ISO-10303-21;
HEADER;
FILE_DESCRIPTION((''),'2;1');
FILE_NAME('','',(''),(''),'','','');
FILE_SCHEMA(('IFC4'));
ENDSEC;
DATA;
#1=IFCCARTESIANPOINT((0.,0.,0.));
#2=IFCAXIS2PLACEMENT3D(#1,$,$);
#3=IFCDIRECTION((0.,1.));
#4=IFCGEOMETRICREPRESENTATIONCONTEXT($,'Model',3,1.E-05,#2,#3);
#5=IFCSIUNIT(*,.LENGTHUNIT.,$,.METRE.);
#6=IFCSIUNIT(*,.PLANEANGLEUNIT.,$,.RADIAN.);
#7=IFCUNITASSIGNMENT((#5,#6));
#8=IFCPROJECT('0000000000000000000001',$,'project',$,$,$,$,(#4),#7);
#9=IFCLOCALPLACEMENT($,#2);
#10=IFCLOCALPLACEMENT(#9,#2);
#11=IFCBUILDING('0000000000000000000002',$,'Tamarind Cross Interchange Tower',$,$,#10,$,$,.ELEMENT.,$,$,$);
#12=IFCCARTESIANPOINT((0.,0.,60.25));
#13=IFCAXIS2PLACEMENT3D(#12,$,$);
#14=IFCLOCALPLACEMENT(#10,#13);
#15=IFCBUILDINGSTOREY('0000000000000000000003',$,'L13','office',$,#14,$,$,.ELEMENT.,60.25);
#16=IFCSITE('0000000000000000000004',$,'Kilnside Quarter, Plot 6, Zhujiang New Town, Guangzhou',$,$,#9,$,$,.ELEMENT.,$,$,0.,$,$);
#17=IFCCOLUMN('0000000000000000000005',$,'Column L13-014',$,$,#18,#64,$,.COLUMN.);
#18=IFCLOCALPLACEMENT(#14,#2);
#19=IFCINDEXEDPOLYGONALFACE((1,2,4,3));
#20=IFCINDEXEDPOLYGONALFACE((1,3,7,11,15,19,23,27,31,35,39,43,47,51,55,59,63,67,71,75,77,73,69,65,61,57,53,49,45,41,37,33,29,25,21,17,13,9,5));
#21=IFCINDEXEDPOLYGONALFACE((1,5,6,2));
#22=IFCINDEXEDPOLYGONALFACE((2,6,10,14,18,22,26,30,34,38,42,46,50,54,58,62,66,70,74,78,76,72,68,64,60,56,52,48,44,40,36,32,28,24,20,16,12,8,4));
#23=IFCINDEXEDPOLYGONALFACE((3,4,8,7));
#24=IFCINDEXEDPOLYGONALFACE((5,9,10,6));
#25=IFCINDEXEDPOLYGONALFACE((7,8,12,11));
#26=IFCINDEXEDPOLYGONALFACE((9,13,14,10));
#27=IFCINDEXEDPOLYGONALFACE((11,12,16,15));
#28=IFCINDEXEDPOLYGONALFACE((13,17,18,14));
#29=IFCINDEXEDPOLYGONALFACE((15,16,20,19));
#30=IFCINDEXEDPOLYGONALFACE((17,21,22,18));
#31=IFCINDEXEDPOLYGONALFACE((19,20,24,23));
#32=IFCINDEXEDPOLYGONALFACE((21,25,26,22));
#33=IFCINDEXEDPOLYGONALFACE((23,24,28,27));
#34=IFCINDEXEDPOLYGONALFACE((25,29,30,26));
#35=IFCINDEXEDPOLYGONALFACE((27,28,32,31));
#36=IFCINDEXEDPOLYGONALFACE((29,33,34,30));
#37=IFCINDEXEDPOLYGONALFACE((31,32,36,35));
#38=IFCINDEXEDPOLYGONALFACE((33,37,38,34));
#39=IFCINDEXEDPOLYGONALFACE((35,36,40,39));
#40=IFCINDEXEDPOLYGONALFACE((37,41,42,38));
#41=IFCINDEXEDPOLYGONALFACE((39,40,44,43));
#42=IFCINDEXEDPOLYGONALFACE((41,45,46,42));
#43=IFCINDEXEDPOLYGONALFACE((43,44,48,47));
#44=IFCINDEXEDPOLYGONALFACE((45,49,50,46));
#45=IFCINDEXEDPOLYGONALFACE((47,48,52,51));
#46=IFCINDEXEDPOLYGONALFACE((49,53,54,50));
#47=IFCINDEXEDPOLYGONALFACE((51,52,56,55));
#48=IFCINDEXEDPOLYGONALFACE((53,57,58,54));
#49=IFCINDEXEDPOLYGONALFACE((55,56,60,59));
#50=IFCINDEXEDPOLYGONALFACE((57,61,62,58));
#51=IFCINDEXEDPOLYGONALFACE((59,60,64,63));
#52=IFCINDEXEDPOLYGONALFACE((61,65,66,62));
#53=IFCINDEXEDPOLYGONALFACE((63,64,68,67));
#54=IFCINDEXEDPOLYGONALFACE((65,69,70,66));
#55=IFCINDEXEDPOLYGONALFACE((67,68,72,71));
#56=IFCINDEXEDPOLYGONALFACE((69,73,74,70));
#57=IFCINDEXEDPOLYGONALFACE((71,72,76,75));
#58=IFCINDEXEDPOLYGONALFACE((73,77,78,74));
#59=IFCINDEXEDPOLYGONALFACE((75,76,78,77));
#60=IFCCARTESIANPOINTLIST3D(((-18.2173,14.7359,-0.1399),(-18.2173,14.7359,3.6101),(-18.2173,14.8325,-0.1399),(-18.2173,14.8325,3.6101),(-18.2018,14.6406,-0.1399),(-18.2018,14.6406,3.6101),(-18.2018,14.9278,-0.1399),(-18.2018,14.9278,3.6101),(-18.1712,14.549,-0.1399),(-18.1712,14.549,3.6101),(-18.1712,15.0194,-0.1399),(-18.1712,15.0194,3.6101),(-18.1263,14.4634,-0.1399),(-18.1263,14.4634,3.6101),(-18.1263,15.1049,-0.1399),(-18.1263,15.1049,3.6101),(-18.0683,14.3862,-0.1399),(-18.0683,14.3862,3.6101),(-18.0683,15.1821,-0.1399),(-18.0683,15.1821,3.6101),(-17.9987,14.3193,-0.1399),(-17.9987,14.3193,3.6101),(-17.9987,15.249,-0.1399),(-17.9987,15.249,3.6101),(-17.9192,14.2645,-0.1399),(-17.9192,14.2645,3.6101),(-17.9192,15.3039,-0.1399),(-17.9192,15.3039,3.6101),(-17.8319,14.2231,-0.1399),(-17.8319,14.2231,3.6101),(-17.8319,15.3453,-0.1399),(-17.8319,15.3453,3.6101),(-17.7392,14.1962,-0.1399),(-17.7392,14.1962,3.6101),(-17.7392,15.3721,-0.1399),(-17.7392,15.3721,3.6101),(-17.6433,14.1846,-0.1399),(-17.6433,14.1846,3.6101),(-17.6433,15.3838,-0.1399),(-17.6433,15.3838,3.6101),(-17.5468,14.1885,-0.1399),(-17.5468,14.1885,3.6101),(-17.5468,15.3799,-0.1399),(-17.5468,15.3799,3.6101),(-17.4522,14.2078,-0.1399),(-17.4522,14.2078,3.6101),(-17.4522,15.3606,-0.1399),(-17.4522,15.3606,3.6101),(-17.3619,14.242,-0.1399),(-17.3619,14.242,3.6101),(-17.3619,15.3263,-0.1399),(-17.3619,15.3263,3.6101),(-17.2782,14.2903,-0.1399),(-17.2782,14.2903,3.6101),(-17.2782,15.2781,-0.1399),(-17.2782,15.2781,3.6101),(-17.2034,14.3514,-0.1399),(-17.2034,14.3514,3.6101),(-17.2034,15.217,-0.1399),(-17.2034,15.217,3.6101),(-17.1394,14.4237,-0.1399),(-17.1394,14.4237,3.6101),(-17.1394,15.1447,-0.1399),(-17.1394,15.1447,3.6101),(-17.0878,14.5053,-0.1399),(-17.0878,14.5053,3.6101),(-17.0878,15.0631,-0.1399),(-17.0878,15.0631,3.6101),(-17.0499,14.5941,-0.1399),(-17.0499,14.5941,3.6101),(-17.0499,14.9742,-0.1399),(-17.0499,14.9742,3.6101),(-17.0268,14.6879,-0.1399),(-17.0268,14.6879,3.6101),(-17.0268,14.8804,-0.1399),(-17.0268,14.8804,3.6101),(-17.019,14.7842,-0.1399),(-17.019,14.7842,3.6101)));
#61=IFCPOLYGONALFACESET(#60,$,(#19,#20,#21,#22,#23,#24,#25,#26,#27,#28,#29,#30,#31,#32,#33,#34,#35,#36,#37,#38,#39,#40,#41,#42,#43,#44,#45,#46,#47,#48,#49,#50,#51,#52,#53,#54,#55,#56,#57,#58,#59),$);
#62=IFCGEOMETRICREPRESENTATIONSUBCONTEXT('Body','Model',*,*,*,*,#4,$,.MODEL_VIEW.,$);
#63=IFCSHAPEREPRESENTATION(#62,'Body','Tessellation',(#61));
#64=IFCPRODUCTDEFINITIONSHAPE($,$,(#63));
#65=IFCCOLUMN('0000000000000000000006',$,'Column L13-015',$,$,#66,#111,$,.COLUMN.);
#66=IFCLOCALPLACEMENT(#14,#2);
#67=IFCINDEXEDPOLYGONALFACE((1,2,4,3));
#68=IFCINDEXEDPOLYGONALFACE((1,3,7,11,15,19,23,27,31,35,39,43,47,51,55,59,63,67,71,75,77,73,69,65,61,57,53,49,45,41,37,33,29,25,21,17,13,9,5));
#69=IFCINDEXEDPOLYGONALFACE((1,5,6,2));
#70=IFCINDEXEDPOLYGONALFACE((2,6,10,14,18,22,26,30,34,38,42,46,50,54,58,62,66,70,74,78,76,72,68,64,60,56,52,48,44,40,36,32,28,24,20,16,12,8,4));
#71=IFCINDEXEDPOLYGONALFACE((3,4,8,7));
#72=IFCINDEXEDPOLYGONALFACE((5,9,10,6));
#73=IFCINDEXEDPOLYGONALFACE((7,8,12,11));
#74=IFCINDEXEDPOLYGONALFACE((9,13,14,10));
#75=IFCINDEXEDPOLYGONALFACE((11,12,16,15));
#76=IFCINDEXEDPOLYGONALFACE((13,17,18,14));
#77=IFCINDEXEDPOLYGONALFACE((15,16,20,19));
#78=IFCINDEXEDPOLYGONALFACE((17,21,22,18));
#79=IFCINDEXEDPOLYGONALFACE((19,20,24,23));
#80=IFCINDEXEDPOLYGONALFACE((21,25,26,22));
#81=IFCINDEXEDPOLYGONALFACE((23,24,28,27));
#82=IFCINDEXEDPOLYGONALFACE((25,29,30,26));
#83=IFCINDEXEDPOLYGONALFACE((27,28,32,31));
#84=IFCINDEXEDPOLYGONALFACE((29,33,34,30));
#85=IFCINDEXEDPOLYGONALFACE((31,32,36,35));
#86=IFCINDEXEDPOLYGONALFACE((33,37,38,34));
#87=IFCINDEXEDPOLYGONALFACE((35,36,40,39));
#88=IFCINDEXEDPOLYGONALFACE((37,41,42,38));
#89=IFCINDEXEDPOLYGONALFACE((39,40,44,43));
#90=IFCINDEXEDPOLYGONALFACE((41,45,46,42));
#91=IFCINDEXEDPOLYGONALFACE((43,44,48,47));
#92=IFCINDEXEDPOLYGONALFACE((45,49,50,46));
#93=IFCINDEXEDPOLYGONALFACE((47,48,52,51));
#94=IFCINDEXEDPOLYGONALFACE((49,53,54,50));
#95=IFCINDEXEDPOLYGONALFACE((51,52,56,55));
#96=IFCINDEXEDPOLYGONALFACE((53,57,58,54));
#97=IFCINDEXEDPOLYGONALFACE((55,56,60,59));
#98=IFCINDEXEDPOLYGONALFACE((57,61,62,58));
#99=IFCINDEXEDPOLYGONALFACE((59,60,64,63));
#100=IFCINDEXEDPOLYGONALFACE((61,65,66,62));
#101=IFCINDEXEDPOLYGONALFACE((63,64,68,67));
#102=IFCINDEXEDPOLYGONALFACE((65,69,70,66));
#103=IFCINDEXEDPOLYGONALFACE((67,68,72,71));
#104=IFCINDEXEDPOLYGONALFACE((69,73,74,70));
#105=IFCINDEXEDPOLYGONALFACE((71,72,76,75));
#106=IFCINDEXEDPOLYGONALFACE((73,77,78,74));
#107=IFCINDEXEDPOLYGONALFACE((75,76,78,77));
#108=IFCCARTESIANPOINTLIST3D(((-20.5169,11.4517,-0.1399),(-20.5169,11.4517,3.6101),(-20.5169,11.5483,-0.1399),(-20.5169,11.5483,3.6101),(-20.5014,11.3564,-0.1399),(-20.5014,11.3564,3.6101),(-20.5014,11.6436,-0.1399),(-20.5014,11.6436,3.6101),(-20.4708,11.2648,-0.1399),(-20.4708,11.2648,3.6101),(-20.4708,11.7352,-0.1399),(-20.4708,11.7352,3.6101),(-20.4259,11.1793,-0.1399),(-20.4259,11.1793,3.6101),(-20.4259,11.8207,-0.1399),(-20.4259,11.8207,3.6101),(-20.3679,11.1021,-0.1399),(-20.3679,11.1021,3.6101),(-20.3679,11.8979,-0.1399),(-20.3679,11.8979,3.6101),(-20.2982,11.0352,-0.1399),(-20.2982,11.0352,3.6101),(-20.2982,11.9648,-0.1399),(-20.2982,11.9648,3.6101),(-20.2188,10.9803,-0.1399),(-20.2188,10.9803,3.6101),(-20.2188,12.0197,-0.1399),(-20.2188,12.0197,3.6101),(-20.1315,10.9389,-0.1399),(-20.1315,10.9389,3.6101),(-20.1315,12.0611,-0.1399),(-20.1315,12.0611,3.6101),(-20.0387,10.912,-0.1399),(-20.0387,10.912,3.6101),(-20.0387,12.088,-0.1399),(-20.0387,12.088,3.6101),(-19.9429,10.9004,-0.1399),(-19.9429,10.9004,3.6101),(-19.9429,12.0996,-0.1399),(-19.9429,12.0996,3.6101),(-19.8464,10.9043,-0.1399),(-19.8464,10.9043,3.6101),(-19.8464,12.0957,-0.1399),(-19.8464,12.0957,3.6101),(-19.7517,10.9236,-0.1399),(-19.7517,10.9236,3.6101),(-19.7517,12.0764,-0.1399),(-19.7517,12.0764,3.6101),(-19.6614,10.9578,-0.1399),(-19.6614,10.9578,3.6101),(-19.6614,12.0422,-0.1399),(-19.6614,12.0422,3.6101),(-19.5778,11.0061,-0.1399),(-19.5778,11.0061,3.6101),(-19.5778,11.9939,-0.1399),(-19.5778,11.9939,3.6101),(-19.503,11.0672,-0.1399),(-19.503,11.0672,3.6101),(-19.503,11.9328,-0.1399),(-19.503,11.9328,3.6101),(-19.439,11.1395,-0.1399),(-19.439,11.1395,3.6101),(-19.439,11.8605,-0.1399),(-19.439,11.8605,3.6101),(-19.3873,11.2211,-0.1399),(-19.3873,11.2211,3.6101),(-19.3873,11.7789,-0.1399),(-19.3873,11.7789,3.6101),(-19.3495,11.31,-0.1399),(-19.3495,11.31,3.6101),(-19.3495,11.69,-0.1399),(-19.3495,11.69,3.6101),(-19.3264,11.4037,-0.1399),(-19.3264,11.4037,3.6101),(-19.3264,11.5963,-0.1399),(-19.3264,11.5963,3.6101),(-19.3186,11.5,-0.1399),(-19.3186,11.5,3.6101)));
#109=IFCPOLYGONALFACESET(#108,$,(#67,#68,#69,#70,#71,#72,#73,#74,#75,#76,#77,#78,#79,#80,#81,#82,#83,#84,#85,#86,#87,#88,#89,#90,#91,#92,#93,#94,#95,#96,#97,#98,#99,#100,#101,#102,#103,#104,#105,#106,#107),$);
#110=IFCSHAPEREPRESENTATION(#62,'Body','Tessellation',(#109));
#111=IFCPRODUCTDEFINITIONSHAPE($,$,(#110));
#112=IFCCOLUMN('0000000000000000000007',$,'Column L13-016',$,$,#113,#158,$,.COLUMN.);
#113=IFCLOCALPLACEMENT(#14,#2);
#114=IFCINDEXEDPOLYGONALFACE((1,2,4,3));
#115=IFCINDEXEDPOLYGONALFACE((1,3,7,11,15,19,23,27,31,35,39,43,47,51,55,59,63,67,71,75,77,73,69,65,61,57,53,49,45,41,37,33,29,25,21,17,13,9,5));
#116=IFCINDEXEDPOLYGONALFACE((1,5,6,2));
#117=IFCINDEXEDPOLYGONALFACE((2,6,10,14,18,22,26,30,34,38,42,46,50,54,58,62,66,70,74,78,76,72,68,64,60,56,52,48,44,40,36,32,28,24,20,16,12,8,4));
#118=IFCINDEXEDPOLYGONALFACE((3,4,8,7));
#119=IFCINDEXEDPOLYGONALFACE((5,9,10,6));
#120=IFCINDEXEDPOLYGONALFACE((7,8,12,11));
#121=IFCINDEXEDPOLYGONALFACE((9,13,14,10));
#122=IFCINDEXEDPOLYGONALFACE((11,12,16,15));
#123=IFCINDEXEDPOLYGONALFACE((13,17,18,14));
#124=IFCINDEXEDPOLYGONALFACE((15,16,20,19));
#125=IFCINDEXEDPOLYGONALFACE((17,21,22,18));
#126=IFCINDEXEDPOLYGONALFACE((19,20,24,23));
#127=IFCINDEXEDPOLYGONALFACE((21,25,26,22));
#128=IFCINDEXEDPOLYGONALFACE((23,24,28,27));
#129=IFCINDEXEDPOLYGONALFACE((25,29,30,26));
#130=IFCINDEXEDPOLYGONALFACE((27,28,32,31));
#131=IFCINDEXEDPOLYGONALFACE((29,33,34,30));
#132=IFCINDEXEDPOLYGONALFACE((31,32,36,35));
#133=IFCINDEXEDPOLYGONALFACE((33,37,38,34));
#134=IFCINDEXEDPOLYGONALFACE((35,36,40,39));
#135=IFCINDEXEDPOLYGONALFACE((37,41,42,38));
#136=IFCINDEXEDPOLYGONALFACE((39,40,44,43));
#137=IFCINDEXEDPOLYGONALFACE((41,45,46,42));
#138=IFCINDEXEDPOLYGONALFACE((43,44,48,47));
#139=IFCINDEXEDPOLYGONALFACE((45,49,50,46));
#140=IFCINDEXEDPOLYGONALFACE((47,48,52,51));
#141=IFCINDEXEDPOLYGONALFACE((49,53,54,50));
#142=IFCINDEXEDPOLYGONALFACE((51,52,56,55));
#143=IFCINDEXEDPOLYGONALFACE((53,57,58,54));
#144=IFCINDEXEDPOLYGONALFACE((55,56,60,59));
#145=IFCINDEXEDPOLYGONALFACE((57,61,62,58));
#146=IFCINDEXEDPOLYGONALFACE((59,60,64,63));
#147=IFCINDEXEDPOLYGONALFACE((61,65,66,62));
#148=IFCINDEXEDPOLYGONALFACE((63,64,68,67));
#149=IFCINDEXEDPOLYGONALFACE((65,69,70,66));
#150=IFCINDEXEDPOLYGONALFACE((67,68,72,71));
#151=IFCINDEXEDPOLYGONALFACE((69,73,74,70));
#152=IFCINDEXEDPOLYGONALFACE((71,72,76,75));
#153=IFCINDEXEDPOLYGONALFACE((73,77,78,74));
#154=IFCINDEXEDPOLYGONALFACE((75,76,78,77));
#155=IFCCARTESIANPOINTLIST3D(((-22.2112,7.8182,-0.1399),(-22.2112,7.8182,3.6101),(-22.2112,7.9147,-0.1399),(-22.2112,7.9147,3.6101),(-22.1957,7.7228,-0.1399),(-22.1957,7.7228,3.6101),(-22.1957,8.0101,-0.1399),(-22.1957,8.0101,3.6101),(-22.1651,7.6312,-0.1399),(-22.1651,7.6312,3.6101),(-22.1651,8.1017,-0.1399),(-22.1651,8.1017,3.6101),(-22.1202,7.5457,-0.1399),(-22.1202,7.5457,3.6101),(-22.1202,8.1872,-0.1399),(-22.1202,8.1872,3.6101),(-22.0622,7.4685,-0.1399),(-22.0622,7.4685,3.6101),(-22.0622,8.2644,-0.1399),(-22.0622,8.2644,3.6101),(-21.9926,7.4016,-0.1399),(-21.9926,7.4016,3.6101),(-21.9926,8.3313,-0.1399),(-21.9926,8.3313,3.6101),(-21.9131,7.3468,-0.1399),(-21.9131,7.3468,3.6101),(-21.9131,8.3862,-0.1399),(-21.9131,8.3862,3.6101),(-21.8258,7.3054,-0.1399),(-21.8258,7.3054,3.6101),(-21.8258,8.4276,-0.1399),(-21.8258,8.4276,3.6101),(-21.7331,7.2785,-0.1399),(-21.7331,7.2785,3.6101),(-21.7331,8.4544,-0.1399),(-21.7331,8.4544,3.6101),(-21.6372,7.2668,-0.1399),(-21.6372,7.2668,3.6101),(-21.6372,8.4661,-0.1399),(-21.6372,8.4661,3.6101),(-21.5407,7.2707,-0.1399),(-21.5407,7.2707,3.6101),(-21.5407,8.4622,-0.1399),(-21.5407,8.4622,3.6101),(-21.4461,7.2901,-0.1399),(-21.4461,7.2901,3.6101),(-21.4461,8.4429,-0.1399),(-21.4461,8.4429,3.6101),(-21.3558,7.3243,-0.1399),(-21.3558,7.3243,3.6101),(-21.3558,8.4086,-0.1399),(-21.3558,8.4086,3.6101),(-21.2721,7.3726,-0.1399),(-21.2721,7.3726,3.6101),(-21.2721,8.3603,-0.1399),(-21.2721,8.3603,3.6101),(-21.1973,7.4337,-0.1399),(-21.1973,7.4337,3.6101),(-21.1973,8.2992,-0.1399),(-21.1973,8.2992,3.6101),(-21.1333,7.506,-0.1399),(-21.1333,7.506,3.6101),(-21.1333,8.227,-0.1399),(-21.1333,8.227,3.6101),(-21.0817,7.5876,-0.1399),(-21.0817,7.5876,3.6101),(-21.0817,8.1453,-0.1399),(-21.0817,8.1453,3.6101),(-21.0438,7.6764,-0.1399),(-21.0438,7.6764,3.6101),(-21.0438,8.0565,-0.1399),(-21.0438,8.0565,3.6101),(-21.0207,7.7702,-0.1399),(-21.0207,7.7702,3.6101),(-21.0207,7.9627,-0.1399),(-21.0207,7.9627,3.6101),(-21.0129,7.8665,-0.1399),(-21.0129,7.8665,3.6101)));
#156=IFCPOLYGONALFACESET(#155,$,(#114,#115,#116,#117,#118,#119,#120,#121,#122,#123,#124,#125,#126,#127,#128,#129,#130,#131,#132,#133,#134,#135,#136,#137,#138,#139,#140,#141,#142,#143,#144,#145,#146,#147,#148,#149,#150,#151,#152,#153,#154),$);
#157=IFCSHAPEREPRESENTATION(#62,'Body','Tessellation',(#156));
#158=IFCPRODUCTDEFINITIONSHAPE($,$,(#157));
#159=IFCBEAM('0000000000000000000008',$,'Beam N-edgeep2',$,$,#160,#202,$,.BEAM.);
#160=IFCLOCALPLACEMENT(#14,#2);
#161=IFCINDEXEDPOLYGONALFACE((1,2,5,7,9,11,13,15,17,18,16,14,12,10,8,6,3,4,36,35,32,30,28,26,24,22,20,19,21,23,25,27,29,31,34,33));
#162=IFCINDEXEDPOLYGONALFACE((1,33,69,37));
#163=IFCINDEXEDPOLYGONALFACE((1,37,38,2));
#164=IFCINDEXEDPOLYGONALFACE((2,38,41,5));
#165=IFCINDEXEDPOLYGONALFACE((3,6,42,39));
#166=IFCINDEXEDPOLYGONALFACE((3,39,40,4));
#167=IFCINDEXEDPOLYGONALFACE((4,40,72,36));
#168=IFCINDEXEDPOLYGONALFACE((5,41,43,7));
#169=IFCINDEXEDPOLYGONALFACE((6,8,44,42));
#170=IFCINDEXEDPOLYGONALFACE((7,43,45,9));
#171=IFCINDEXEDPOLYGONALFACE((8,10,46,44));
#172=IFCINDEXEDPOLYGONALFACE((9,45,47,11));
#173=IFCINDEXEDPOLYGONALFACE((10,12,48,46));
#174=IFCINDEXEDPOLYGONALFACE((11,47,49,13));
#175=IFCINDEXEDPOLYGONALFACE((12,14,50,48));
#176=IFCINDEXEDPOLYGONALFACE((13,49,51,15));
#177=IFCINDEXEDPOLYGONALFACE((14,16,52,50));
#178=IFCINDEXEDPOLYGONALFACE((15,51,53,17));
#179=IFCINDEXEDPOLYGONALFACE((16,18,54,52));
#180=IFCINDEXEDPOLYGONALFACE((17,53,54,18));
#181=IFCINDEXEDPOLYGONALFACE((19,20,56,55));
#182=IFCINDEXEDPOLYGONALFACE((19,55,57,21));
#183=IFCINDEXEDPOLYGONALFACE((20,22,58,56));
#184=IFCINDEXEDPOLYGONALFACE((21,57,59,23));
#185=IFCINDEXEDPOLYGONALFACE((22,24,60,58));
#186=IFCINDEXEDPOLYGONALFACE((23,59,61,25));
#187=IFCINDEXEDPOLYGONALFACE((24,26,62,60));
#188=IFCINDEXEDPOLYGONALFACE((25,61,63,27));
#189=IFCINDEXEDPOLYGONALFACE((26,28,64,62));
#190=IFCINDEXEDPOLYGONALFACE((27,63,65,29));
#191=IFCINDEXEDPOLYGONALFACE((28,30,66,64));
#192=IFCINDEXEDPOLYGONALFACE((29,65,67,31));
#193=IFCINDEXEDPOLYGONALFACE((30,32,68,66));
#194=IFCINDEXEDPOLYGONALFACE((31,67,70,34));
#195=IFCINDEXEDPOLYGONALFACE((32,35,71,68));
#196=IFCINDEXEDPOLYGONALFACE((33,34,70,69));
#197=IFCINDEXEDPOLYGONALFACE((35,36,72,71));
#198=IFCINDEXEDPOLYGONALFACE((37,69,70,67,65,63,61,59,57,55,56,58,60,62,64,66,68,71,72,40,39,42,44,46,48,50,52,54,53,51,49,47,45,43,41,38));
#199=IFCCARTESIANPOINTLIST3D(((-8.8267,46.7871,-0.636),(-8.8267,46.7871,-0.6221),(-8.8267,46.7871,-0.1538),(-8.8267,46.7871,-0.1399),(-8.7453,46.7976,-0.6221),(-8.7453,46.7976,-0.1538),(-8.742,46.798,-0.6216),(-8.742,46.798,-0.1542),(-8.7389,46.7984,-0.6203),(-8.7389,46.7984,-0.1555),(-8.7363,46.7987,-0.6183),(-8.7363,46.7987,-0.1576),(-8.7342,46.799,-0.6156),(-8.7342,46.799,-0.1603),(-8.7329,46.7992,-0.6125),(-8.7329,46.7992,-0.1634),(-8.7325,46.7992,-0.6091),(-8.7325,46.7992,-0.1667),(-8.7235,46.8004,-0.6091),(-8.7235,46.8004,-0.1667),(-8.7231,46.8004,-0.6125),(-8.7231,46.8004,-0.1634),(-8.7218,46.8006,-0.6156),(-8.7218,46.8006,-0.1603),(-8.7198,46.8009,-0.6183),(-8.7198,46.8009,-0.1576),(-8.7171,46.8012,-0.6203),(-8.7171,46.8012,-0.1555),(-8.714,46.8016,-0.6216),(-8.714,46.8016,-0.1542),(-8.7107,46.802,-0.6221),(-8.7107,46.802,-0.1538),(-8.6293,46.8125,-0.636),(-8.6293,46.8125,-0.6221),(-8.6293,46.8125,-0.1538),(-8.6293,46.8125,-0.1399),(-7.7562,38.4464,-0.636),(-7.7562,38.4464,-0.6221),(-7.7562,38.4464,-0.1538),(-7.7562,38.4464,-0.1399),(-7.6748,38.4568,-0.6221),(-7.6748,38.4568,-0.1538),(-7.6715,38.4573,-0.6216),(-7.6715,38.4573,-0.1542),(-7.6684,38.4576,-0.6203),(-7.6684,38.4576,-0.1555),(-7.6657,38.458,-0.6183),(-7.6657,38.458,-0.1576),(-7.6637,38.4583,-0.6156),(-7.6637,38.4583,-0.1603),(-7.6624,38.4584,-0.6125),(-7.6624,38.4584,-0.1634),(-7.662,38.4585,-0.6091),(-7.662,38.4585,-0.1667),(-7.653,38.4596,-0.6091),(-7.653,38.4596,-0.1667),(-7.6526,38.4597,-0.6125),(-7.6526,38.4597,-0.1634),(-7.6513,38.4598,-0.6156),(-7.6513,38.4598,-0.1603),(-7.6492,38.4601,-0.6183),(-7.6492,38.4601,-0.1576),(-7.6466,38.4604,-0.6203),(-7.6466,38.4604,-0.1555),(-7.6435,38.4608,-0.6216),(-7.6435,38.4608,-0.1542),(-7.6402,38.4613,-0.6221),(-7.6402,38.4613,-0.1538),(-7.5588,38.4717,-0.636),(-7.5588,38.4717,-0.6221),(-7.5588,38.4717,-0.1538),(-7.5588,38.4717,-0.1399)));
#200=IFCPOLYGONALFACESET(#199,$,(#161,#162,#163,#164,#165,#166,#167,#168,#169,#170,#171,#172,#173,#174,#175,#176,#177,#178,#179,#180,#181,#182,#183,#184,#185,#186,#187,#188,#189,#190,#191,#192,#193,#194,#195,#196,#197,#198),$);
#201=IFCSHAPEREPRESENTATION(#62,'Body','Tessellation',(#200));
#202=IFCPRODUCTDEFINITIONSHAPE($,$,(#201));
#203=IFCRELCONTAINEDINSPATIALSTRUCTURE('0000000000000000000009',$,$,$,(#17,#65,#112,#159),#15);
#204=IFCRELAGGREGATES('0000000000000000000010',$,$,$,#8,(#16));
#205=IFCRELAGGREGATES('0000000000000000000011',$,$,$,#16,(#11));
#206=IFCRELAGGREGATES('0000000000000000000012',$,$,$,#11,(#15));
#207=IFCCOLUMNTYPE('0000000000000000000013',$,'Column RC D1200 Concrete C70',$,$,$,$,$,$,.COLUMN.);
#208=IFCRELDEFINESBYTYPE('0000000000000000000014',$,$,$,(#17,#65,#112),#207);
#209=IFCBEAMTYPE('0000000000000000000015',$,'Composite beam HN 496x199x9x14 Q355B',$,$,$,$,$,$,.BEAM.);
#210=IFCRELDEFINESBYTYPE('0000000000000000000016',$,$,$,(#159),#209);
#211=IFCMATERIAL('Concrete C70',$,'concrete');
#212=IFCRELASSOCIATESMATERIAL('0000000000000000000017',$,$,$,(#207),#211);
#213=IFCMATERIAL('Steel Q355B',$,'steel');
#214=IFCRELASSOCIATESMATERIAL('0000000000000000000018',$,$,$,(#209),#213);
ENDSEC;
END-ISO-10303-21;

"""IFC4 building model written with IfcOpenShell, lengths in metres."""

from ifc_helpers import new_model, si_unit, direction, frame, origin, origin_2d, place, context, subcontext, project, spatial, circle, i_section, extrude, material, material_profile, profile_set, type_object, element, save


model = new_model("IFC4")

# Units and contexts
model_context = context("Model", 3, precision=1e-05, world=origin(), true_north=direction((0.0, 1.0)))
body_context = subcontext(model_context, "Body", "Model", "MODEL_VIEW")
ifc_project = project(units=[si_unit("LENGTHUNIT", "METRE"), si_unit("PLANEANGLEUNIT", "RADIAN")], contexts=[model_context])

# Site, building, storey
site_placement = place(None, origin())
site = spatial("IfcSite", under=ifc_project, at=site_placement, Name="Kilnside Quarter, Plot 6, Zhujiang New Town, Guangzhou", CompositionType="ELEMENT", RefElevation=0.0)
building_placement = place(site_placement, origin())
building = spatial("IfcBuilding", under=site, at=building_placement, Name="Tamarind Cross Interchange Tower", CompositionType="ELEMENT")
storey_placement = place(building_placement, frame((0.0, 0.0, 60.25)))
storey = spatial("IfcBuildingStorey", under=building, at=storey_placement, Name="L13", Description="office", CompositionType="ELEMENT", Elevation=60.25)

# Columns
ifc_material_1 = material(Name="Concrete C70", Category="concrete")
ifc_material_profile_1 = material_profile(ifc_material_1, circle(Radius=0.6001, at=origin_2d()), Name="RC D1200")
ifc_profile_set_1 = profile_set([ifc_material_profile_1], Name="Concrete C70")
column_type_1 = type_object("IfcColumnType", Name="Column RC D1200 Concrete C70", PredefinedType="COLUMN", material=ifc_profile_set_1)
for number, where, z_axis, x_axis, name in (
    (1, (-17.6191, 14.7842, -0.1399), (0.0, 0.0, 1.0), (1.0, 0.0, 0.0), "Column L13-014"),
    (2, (-19.9187, 11.5, -0.1399), (0.0, 0.0, 1.0), (1.0, 0.0, 0.0), "Column L13-015"),
    (3, (-21.613, 7.8665, -0.1399), (0.0, 0.0, 1.0), (1.0, 0.0, 0.0), "Column L13-016"),
):
    element("IfcColumn", number, at=place(storey_placement, frame(where, z_axis=z_axis, x_axis=x_axis)), inside=storey, type_object=column_type_1, Name=name, PredefinedType="COLUMN", context=body_context, shape_type="SweptSolid", body=[
        extrude(circle(Radius=0.6001, at=origin_2d()), origin(), (0.0, 0.0, 1.0), 3.75),
    ])

# Beam
ifc_material_2 = material(Name="Steel Q355B", Category="steel")
ifc_material_profile_2 = material_profile(ifc_material_2, i_section(OverallWidth=0.199, OverallDepth=0.4961, WebThickness=0.009, FlangeThickness=0.0139, FilletRadius=0.0129, at=origin_2d()), Name="HN 496x199x9x14")
ifc_profile_set_2 = profile_set([ifc_material_profile_2], Name="Steel Q355B")
beam_type_1 = type_object("IfcBeamType", Name="Composite beam HN 496x199x9x14 Q355B", PredefinedType="BEAM", material=ifc_profile_set_2)
beam_1_placement = place(storey_placement, frame((-8.728, 46.7998, -0.3879), z_axis=(0.127307, -0.991863, 0.0), x_axis=(0.991863, 0.127307, 0.0)))
element("IfcBeam", 4, at=beam_1_placement, inside=storey, type_object=beam_type_1, Name="Beam N-edgeep2", PredefinedType="BEAM", context=body_context, shape_type="SweptSolid", body=[
    extrude(i_section(OverallWidth=0.199, OverallDepth=0.4961, WebThickness=0.009, FlangeThickness=0.0139, FilletRadius=0.0129, at=origin_2d()), origin(), (0.0, 0.0, 1.0), 8.4092),
])

save(model, "model.ifc")
